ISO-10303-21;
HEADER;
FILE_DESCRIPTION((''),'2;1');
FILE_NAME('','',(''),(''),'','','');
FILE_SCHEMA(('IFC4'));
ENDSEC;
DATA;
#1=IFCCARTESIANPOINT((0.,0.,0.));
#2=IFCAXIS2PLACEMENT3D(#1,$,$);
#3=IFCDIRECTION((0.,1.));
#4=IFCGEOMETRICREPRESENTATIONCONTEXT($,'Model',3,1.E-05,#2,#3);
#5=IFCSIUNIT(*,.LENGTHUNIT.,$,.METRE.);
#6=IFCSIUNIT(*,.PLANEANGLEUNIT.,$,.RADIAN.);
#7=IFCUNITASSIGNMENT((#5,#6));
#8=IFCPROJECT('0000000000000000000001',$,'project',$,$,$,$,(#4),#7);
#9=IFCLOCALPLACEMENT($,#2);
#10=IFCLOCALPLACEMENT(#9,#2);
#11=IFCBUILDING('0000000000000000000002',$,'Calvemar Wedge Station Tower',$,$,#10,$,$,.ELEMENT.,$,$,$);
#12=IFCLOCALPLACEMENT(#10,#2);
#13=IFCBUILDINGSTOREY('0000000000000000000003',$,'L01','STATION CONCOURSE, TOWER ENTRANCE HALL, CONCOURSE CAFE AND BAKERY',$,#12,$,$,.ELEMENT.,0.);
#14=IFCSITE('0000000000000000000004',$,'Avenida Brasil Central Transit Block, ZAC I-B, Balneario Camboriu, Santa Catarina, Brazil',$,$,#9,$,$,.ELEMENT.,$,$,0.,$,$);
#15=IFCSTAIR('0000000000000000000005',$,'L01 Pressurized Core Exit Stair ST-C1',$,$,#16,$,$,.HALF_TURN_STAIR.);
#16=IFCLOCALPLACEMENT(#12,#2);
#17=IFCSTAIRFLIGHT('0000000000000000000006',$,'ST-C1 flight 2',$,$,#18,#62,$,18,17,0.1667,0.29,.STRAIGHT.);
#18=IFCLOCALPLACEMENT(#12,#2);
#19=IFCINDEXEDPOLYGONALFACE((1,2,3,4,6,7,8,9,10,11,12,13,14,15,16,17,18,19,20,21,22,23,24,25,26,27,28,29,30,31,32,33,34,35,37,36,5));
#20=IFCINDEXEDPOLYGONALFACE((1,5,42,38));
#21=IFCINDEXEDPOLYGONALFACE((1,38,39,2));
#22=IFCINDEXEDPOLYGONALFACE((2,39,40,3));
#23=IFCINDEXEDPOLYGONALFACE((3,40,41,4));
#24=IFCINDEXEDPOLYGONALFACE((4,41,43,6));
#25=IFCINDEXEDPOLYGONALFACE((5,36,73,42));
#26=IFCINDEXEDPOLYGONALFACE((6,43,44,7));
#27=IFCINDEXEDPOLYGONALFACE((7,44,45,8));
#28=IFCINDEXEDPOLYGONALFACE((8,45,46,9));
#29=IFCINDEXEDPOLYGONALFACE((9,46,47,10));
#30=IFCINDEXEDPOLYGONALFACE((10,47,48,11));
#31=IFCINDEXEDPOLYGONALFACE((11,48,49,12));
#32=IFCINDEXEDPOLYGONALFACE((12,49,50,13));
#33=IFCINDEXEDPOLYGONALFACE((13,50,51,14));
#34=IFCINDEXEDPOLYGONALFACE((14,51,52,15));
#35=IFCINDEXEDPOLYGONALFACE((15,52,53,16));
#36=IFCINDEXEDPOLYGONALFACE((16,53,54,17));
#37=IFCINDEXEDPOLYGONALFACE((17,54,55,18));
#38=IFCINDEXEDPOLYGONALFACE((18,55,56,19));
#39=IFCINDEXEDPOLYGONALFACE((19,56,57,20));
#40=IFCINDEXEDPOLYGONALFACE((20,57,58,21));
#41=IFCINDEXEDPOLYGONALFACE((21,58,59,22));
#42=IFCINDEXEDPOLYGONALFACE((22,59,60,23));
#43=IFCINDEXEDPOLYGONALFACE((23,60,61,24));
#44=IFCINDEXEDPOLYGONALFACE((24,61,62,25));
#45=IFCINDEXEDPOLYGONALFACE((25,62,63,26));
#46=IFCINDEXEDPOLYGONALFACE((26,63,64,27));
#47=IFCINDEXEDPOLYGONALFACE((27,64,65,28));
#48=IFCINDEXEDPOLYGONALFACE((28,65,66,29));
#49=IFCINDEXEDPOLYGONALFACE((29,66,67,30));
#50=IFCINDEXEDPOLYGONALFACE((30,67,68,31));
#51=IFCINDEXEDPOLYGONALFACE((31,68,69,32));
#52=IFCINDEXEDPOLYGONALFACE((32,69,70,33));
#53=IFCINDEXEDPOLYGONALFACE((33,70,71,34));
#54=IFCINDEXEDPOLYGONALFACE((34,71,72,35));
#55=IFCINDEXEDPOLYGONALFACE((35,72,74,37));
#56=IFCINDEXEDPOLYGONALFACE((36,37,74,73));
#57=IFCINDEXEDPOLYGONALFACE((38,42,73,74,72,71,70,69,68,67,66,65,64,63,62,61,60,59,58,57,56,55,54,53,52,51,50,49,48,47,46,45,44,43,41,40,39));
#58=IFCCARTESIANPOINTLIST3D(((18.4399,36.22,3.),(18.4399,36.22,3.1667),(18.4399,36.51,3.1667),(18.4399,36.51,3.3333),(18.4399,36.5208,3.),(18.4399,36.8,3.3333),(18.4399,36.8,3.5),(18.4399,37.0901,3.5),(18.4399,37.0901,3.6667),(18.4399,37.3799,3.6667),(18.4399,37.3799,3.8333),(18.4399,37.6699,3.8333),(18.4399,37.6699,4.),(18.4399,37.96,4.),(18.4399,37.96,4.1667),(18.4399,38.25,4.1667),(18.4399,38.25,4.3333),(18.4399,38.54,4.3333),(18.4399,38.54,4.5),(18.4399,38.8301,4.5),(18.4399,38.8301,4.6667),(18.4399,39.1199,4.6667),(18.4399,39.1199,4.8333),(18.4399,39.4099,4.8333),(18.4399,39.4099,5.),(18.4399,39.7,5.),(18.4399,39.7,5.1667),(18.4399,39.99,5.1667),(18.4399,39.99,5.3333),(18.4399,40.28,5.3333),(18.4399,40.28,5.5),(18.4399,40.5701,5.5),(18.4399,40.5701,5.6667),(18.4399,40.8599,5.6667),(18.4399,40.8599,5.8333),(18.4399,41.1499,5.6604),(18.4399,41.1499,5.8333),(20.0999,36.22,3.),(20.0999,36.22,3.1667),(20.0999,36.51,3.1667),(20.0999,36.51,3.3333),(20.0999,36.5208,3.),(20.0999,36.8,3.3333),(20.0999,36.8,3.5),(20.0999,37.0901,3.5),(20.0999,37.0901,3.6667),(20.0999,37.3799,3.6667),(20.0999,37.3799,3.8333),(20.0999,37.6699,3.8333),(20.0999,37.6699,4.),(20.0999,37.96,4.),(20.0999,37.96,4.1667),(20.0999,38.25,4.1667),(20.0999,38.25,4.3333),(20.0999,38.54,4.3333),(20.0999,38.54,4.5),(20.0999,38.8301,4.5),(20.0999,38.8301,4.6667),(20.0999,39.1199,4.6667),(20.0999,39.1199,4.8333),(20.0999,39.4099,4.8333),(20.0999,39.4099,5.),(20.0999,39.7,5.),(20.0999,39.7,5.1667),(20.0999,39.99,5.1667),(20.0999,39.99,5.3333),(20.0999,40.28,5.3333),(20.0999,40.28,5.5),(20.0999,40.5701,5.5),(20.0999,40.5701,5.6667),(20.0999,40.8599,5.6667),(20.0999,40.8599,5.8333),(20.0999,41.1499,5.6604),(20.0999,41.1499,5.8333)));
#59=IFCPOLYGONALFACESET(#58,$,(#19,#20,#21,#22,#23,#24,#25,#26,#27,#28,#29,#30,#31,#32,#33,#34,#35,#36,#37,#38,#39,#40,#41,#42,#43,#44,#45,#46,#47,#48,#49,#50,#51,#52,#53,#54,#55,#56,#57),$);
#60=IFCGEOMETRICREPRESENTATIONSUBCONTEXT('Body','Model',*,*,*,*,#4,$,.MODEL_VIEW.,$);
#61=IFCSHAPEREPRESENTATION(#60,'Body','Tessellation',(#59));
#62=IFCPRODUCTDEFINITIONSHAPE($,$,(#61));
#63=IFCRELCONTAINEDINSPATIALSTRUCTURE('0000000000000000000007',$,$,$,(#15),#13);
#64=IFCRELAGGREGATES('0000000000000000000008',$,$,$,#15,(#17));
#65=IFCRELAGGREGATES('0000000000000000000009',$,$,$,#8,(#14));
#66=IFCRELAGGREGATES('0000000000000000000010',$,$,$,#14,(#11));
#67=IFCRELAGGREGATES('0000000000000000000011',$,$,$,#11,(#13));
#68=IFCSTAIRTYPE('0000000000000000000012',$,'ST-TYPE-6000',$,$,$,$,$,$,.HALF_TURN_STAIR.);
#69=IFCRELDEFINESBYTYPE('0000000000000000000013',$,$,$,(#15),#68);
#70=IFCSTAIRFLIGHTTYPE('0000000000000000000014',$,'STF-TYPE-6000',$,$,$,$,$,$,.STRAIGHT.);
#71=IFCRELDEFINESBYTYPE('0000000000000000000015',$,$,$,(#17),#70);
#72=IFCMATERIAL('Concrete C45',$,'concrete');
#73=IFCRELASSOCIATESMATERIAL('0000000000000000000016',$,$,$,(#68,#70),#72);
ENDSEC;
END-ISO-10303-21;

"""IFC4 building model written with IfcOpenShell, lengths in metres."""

from ifc_helpers import new_model, si_unit, direction, frame, origin, place, context, subcontext, project, spatial, polyline, outline, extrude, material, type_object, element, aggregate, save


model = new_model("IFC4")

# Units and contexts
model_context = context("Model", 3, precision=1e-05, world=origin(), true_north=direction((0.0, 1.0)))
body_context = subcontext(model_context, "Body", "Model", "MODEL_VIEW")
ifc_project = project(units=[si_unit("LENGTHUNIT", "METRE"), si_unit("PLANEANGLEUNIT", "RADIAN")], contexts=[model_context])

# Site, building, storey
site_placement = place(None, origin())
site = spatial("IfcSite", under=ifc_project, at=site_placement, Name="Avenida Brasil Central Transit Block, ZAC I-B, Balneario Camboriu, Santa Catarina, Brazil", CompositionType="ELEMENT", RefElevation=0.0)
building_placement = place(site_placement, origin())
building = spatial("IfcBuilding", under=site, at=building_placement, Name="Calvemar Wedge Station Tower", CompositionType="ELEMENT")
storey_placement = place(building_placement, origin())
storey = spatial("IfcBuildingStorey", under=building, at=storey_placement, Name="L01", Description="STATION CONCOURSE, TOWER ENTRANCE HALL, CONCOURSE CAFE AND BAKERY", CompositionType="ELEMENT", Elevation=0.0)

# Stair, stair flight
ifc_material_1 = material(Name="Concrete C45", Category="concrete")
stair_type = type_object("IfcStairType", Name="ST-TYPE-6000", PredefinedType="HALF_TURN_STAIR", material=ifc_material_1)
stair_placement = place(storey_placement, origin())
stair = element("IfcStair", 1, at=stair_placement, inside=storey, type_object=stair_type, Name="L01 Pressurized Core Exit Stair ST-C1", PredefinedType="HALF_TURN_STAIR")
stair_flight_type = type_object("IfcStairFlightType", Name="STF-TYPE-6000", PredefinedType="STRAIGHT", material=ifc_material_1)
stair_flight_placement = place(storey_placement, frame((19.27, 36.22, 3.0), z_axis=(0.0, 0.0, 1.0), x_axis=(0.0, 1.0, 0.0)))
stair_flight = element("IfcStairFlight", 2, at=stair_flight_placement, type_object=stair_flight_type, Name="ST-C1 flight 2", NumberOfRisers=18, NumberOfTreads=17, PredefinedType="STRAIGHT", RiserHeight=0.1667, TreadLength=0.29, context=body_context, shape_type="SweptSolid", body=[
    extrude(outline(polyline([(0.0, 0.0), (0.0, 0.1667), (0.29, 0.1667), (0.29, 0.3333), (0.5801, 0.3333), (0.5801, 0.5), (0.8701, 0.5), (0.8701, 0.6667), (1.1599, 0.6667), (1.1599, 0.8333), (1.45, 0.8333), (1.45, 1.0), (1.74, 1.0), (1.74, 1.1667), (2.03, 1.1667), (2.03, 1.3333), (2.3201, 1.3333), (2.3201, 1.5), (2.6101, 1.5), (2.6101, 1.6667), (2.8999, 1.6667), (2.8999, 1.8333), (3.1899, 1.8333), (3.1899, 2.0), (3.48, 2.0), (3.48, 2.1667), (3.77, 2.1667), (3.77, 2.3333), (4.0601, 2.3333), (4.0601, 2.5), (4.3501, 2.5), (4.3501, 2.6667), (4.6399, 2.6667), (4.6399, 2.8333), (4.9299, 2.8333), (4.9299, 3.0), (4.9299, 2.6604), (0.3008, 0.0), (0.0, 0.0)])), frame((0.0, 0.8301, 0.0), z_axis=(0.0, -1.0, 0.0), x_axis=(1.0, 0.0, 0.0)), (0.0, 0.0, 1.0), 1.6599),
])
aggregate(stair, [stair_flight])

save(model, "model.ifc")
